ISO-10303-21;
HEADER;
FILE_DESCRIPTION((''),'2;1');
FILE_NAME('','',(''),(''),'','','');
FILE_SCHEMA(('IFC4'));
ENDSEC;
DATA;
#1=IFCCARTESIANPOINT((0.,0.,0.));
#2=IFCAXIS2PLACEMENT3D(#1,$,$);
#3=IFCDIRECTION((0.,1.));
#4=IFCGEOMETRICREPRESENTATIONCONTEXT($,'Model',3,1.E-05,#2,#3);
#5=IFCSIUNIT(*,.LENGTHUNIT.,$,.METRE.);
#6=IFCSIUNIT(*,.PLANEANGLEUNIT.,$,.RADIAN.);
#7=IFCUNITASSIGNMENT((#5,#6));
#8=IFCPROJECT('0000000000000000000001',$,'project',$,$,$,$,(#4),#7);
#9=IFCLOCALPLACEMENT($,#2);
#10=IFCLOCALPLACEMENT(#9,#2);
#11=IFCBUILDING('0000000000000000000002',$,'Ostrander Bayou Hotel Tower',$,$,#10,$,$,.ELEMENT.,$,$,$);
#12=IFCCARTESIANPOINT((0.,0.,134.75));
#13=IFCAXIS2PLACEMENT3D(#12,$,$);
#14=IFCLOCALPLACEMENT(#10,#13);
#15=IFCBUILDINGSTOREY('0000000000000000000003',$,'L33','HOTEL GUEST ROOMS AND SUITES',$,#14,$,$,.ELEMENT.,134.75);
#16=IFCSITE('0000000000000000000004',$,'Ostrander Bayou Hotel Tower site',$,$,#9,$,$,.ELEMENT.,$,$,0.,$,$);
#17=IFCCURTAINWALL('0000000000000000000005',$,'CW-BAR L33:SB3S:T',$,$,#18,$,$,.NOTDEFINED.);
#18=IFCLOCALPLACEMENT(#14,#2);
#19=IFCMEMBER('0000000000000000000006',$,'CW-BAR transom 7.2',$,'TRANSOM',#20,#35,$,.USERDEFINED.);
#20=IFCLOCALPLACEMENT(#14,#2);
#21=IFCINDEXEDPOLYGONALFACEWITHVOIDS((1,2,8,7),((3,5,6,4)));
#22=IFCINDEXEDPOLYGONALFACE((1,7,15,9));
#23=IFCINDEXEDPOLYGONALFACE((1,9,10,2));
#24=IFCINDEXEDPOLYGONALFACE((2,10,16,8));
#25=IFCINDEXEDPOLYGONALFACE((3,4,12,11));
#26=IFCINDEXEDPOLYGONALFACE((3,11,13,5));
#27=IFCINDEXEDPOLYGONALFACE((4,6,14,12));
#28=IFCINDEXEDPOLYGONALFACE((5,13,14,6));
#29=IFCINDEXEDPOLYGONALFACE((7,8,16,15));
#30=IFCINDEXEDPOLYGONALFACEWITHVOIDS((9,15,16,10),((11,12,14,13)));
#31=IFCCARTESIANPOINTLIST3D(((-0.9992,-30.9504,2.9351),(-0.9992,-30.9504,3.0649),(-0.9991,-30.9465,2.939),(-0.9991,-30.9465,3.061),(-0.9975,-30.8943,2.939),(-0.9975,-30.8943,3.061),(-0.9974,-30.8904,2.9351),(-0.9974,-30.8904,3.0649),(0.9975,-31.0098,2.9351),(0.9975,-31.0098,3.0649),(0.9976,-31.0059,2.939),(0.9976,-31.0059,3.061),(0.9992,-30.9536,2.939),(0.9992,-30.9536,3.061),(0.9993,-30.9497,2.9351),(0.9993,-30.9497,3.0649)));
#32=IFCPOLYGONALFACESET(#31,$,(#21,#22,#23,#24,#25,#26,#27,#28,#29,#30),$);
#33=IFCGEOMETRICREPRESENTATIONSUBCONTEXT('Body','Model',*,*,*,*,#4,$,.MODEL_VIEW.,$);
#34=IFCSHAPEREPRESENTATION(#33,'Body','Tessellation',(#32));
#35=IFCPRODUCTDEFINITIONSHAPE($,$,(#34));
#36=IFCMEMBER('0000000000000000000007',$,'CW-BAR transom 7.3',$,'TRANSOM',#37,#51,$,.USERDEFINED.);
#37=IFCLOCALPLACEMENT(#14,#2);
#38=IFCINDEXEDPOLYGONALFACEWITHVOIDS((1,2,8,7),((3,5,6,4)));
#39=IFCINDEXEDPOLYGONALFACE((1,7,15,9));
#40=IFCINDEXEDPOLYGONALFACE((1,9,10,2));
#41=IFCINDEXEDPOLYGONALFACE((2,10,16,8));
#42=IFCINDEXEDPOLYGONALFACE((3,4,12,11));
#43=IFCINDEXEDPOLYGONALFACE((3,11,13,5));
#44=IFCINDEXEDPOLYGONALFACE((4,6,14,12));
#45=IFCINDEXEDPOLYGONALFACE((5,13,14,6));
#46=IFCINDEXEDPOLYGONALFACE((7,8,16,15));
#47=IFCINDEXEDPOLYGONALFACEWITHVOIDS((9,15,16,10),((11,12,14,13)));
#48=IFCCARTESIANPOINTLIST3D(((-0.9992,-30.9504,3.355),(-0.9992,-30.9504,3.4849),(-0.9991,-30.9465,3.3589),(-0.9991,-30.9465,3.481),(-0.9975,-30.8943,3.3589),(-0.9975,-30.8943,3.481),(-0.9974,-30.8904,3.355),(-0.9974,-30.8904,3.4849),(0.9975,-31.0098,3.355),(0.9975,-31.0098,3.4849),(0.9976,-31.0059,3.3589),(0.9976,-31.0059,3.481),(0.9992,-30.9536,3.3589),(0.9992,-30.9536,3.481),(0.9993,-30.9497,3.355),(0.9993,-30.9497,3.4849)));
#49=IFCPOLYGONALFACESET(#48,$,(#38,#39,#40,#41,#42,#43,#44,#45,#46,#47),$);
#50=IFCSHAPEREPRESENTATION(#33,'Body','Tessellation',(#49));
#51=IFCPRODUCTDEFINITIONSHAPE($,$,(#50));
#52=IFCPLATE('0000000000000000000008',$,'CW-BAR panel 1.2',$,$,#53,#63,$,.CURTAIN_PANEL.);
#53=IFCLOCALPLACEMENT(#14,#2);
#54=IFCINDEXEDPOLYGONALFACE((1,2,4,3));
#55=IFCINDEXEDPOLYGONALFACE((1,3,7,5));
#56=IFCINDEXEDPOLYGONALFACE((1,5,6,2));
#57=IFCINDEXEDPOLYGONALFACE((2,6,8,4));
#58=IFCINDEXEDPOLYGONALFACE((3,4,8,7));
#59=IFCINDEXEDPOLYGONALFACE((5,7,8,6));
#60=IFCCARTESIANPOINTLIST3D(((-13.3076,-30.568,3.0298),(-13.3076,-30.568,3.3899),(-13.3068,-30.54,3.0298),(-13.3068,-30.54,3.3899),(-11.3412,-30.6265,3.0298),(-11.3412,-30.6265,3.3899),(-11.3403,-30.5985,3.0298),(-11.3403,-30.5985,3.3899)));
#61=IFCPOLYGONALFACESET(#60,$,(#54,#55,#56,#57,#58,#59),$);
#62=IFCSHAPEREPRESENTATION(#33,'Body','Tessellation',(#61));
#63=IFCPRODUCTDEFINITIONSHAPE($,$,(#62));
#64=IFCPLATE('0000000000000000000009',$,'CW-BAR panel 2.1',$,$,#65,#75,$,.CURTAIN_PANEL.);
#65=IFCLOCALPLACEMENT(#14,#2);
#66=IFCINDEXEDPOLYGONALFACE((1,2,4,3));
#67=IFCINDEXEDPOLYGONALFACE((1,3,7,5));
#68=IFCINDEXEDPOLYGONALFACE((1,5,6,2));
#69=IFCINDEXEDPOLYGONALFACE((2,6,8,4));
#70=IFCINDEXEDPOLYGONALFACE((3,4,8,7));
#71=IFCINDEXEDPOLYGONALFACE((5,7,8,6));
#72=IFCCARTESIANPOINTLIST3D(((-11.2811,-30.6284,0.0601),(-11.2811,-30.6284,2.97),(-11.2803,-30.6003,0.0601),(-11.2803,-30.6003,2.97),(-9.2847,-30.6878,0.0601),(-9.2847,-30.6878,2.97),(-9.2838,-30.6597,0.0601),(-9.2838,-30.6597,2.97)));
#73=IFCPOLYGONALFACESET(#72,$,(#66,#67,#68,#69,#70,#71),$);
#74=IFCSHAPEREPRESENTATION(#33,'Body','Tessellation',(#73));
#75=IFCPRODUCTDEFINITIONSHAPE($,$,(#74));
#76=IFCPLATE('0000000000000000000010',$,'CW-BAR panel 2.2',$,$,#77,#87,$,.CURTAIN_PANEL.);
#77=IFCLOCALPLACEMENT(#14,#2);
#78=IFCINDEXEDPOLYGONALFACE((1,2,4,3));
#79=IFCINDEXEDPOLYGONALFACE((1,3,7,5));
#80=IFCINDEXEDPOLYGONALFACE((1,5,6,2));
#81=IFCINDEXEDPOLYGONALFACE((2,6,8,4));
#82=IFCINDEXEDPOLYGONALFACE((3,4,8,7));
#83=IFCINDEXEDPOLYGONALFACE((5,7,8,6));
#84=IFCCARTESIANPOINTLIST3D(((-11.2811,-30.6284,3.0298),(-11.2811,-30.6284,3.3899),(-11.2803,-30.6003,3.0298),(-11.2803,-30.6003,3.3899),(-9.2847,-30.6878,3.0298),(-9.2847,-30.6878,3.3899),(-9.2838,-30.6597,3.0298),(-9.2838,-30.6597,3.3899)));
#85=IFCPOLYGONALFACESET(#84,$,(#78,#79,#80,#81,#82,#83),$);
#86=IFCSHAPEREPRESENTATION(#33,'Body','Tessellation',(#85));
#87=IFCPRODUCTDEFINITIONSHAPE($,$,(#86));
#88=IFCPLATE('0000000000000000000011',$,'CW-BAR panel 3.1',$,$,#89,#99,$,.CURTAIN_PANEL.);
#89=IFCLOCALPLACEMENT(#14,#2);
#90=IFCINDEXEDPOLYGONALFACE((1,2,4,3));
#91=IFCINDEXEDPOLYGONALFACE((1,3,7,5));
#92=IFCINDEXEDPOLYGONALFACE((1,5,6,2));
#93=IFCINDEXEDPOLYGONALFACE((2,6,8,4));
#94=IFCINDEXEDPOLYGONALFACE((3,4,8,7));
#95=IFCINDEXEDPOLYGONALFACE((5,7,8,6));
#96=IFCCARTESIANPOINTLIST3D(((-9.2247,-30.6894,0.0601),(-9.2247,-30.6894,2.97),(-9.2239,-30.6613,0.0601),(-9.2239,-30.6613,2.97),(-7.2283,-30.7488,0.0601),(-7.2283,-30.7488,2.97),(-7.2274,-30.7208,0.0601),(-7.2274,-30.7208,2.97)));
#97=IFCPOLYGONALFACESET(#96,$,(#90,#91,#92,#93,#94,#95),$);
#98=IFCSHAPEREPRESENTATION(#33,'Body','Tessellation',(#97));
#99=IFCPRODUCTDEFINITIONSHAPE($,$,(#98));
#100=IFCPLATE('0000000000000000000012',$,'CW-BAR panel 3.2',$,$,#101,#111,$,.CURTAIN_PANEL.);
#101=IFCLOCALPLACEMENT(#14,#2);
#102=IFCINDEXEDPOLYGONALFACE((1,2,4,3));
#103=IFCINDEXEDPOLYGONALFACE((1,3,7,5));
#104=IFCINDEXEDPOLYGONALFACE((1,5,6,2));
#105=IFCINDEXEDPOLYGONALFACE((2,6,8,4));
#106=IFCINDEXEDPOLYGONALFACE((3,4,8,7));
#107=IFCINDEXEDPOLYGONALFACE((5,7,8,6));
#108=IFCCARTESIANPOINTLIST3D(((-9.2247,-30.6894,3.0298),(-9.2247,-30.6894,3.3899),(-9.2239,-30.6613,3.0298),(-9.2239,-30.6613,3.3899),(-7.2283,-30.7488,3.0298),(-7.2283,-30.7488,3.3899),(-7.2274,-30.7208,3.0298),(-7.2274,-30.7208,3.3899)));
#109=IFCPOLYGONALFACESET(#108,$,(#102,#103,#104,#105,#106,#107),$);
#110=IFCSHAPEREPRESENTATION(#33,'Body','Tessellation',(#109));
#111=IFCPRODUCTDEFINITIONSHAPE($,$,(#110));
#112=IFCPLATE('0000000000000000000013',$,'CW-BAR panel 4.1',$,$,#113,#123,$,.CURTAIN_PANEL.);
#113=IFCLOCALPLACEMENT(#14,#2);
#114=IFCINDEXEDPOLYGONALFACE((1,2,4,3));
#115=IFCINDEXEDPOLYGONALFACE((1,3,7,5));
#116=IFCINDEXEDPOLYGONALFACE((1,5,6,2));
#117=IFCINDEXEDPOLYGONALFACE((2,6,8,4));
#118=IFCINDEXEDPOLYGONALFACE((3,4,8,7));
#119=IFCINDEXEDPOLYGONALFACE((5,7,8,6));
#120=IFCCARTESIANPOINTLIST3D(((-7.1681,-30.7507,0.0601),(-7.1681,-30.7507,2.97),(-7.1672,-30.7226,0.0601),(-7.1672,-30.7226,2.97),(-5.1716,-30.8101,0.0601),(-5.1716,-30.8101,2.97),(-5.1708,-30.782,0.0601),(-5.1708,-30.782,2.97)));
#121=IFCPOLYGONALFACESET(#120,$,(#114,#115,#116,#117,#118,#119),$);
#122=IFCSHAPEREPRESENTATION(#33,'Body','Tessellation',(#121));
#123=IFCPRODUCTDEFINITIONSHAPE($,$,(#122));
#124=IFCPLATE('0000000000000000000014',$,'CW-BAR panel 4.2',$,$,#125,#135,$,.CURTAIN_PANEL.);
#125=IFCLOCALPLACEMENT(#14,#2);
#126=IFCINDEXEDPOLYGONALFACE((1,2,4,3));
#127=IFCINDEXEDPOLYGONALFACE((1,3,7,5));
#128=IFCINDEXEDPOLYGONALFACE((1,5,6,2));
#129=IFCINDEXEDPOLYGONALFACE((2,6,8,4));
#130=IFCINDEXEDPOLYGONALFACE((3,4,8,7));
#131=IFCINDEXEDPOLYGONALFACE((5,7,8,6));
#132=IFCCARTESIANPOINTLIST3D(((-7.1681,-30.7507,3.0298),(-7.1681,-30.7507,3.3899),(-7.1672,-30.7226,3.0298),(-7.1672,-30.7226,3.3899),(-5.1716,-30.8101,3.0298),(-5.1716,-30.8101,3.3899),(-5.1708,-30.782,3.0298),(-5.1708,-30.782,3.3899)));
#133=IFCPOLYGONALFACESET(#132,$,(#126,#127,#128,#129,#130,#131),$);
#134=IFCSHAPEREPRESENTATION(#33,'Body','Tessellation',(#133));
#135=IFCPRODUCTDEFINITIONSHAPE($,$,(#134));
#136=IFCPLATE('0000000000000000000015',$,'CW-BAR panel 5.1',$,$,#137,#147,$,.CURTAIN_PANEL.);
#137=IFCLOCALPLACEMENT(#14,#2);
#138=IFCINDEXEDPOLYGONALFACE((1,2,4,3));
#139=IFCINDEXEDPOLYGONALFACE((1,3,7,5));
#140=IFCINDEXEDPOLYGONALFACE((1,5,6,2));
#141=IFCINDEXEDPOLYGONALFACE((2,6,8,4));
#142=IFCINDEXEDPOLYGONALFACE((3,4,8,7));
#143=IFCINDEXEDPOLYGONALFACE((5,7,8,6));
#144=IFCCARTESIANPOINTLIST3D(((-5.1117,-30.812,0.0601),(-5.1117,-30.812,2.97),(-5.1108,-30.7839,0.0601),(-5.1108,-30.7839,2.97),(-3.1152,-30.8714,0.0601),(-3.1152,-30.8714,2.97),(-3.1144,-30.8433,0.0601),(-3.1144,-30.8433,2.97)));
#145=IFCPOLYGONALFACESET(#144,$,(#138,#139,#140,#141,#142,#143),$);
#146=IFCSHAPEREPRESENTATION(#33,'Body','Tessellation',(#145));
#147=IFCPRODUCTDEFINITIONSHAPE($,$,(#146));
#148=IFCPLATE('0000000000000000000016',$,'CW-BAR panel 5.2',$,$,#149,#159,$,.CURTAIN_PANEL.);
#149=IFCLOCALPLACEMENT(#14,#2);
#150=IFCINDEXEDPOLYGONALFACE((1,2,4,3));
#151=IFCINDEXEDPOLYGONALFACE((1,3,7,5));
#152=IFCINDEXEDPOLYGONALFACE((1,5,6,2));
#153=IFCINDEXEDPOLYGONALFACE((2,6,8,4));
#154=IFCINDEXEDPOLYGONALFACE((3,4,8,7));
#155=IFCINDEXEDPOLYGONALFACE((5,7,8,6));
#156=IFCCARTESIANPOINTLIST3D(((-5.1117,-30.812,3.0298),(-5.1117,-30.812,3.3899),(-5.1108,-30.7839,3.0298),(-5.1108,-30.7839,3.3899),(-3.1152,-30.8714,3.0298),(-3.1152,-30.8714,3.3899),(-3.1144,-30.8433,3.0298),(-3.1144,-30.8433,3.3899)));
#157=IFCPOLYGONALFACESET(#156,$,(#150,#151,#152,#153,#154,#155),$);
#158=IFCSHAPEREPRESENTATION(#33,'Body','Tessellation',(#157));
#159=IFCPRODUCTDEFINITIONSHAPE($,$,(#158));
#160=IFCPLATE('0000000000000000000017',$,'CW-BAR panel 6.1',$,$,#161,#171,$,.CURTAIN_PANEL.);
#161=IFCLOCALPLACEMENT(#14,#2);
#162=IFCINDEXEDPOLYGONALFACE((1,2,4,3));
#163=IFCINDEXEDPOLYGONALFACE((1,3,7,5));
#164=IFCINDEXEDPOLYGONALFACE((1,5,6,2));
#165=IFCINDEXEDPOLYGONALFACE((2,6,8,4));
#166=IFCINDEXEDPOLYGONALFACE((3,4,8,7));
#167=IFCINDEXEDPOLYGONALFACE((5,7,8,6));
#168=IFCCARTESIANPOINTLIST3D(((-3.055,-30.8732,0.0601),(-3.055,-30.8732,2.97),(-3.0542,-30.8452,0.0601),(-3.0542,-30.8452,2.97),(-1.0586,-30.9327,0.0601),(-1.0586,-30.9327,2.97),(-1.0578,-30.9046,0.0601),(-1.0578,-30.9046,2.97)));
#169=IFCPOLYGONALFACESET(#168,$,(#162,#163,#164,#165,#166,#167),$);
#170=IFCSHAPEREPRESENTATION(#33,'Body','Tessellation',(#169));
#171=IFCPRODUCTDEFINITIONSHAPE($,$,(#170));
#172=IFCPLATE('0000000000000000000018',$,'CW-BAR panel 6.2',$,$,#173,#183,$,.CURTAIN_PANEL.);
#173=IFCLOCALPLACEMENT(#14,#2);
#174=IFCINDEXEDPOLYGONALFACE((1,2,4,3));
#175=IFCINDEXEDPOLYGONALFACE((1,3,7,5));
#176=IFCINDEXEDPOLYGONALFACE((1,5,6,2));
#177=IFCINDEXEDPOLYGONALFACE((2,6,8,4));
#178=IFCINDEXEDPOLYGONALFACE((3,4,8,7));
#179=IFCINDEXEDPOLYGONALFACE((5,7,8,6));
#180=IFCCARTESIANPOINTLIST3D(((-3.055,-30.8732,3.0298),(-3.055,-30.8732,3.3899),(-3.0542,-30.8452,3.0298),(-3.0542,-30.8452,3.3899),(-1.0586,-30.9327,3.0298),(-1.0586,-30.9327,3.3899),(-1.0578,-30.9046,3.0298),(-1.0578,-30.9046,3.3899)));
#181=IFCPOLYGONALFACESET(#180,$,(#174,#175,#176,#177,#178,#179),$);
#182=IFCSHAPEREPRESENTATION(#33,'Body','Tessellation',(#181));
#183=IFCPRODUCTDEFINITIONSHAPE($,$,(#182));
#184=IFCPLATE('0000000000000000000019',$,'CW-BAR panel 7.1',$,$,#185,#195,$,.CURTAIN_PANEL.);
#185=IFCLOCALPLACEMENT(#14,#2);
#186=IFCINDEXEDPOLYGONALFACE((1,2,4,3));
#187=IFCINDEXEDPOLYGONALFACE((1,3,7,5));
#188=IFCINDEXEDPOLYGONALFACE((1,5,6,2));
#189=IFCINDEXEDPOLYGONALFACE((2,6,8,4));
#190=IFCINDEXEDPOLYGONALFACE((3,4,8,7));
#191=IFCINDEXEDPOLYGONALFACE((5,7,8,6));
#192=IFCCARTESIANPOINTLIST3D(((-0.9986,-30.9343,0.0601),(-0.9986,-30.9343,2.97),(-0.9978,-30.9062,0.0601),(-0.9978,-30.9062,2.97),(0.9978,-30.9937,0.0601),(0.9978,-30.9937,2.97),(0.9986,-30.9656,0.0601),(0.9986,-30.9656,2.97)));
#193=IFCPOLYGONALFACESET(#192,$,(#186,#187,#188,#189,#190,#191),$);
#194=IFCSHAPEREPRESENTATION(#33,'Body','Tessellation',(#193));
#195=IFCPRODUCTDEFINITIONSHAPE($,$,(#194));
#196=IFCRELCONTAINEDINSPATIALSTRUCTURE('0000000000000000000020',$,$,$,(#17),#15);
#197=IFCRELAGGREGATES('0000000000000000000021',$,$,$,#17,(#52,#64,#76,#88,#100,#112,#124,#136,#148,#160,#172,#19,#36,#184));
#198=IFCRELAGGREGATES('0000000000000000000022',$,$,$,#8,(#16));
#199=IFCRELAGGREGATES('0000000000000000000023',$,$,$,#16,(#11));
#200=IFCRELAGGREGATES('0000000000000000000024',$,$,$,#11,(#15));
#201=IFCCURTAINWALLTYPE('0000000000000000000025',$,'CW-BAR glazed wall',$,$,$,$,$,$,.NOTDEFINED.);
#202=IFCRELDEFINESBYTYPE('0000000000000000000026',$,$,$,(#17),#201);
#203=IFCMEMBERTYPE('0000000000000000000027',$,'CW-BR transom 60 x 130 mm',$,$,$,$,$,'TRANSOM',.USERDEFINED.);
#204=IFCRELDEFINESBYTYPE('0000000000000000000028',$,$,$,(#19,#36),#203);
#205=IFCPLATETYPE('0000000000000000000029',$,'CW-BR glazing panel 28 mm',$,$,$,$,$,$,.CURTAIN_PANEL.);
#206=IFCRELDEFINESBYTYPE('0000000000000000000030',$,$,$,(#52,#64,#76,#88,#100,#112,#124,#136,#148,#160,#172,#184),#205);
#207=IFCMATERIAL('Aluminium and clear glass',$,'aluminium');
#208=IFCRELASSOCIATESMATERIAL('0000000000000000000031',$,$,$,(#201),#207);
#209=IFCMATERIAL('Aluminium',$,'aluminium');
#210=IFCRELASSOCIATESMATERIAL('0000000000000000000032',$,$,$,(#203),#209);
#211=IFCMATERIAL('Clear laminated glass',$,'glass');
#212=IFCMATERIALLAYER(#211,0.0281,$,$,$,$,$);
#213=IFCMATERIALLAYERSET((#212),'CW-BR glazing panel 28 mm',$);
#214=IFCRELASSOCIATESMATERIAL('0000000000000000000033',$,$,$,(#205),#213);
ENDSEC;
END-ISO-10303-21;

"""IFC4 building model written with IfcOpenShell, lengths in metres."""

from ifc_helpers import new_model, si_unit, direction, frame, origin, origin_2d, place, context, subcontext, project, spatial, rectangle, hollow_rectangle, extrude, material, layer, layer_set, material_profile, profile_set, type_object, element, aggregate, save


model = new_model("IFC4")

# Units and contexts
model_context = context("Model", 3, precision=1e-05, world=origin(), true_north=direction((0.0, 1.0)))
body_context = subcontext(model_context, "Body", "Model", "MODEL_VIEW")
ifc_project = project(units=[si_unit("LENGTHUNIT", "METRE"), si_unit("PLANEANGLEUNIT", "RADIAN")], contexts=[model_context])

# Site, building, storey
site_placement = place(None, origin())
site = spatial("IfcSite", under=ifc_project, at=site_placement, Name="Ostrander Bayou Hotel Tower site", CompositionType="ELEMENT", RefElevation=0.0)
building_placement = place(site_placement, origin())
building = spatial("IfcBuilding", under=site, at=building_placement, Name="Ostrander Bayou Hotel Tower", CompositionType="ELEMENT")
storey_placement = place(building_placement, frame((0.0, 0.0, 134.75)))
storey = spatial("IfcBuildingStorey", under=building, at=storey_placement, Name="L33", Description="HOTEL GUEST ROOMS AND SUITES", CompositionType="ELEMENT", Elevation=134.75)

# Curtain wall, members, plates
ifc_material_1 = material(Name="Aluminium and clear glass", Category="aluminium")
curtain_wall_type = type_object("IfcCurtainWallType", Name="CW-BAR glazed wall", PredefinedType="NOTDEFINED", material=ifc_material_1)
curtain_wall_placement = place(storey_placement, origin())
curtain_wall = element("IfcCurtainWall", 1, at=curtain_wall_placement, inside=storey, type_object=curtain_wall_type, Name="CW-BAR L33:SB3S:T", PredefinedType="NOTDEFINED")
ifc_material_2 = material(Name="Aluminium", Category="aluminium")
ifc_material_profile_1 = material_profile(ifc_material_2, hollow_rectangle(XDim=0.0601, YDim=0.1299, WallThickness=0.0039, at=origin_2d()))
ifc_profile_set_1 = profile_set([ifc_material_profile_1], Name="Aluminium")
member_type_1 = type_object("IfcMemberType", Name="CW-BR transom 60 x 130 mm", ElementType="TRANSOM", PredefinedType="USERDEFINED", material=ifc_profile_set_1)
member_1_placement = place(storey_placement, frame((-0.9983, -30.9204, 3.0), z_axis=(0.999559, -0.029701, 0.0), x_axis=(0.029701, 0.999559, 0.0)))
member_1 = element("IfcMember", 2, at=member_1_placement, type_object=member_type_1, Name="CW-BAR transom 7.2", ObjectType="TRANSOM", PredefinedType="USERDEFINED", context=body_context, shape_type="SweptSolid", body=[
    extrude(hollow_rectangle(XDim=0.0601, YDim=0.1299, WallThickness=0.0039, at=origin_2d()), origin(), (0.0, 0.0, 1.0), 1.9976),
])
member_2_placement = place(storey_placement, frame((-0.9983, -30.9204, 3.4199), z_axis=(0.999559, -0.029701, 0.0), x_axis=(0.029701, 0.999559, 0.0)))
member_2 = element("IfcMember", 3, at=member_2_placement, type_object=member_type_1, Name="CW-BAR transom 7.3", ObjectType="TRANSOM", PredefinedType="USERDEFINED", context=body_context, shape_type="SweptSolid", body=[
    extrude(hollow_rectangle(XDim=0.0601, YDim=0.1299, WallThickness=0.0039, at=origin_2d()), origin(), (0.0, 0.0, 1.0), 1.9976),
])
ifc_material_3 = material(Name="Clear laminated glass", Category="glass")
ifc_layer_1 = layer(ifc_material_3, 0.0281)
ifc_layer_set_1 = layer_set([ifc_layer_1], Name="CW-BR glazing panel 28 mm")
plate_type = type_object("IfcPlateType", Name="CW-BR glazing panel 28 mm", PredefinedType="CURTAIN_PANEL", material=ifc_layer_set_1)
plate_1_placement = place(storey_placement, frame((-12.324, -30.5833, 3.0298), z_axis=(0.0, 0.0, 1.0), x_axis=(0.999557, -0.029746, 0.0)))
plate_1 = element("IfcPlate", 4, at=plate_1_placement, type_object=plate_type, Name="CW-BAR panel 1.2", PredefinedType="CURTAIN_PANEL", context=body_context, shape_type="SweptSolid", body=[
    extrude(rectangle(XDim=1.9673, YDim=0.0281, at=origin_2d()), origin(), (0.0, 0.0, 1.0), 0.3601),
])
plate_2_placement = place(storey_placement, frame((-10.2825, -30.644, 0.0601), z_axis=(0.0, 0.0, 1.0), x_axis=(0.999557, -0.029746, 0.0)))
plate_2 = element("IfcPlate", 5, at=plate_2_placement, type_object=plate_type, Name="CW-BAR panel 2.1", PredefinedType="CURTAIN_PANEL", context=body_context, shape_type="SweptSolid", body=[
    extrude(rectangle(XDim=1.9973, YDim=0.0281, at=origin_2d()), origin(), (0.0, 0.0, 1.0), 2.9099),
])
plate_3_placement = place(storey_placement, frame((-10.2825, -30.644, 3.0298), z_axis=(0.0, 0.0, 1.0), x_axis=(0.999557, -0.029746, 0.0)))
plate_3 = element("IfcPlate", 6, at=plate_3_placement, type_object=plate_type, Name="CW-BAR panel 2.2", PredefinedType="CURTAIN_PANEL", context=body_context, shape_type="SweptSolid", body=[
    extrude(rectangle(XDim=1.9973, YDim=0.0281, at=origin_2d()), origin(), (0.0, 0.0, 1.0), 0.3601),
])
plate_4_placement = place(storey_placement, frame((-8.2261, -30.7051, 0.0601), z_axis=(0.0, 0.0, 1.0), x_axis=(0.999557, -0.029746, 0.0)))
plate_4 = element("IfcPlate", 7, at=plate_4_placement, type_object=plate_type, Name="CW-BAR panel 3.1", PredefinedType="CURTAIN_PANEL", context=body_context, shape_type="SweptSolid", body=[
    extrude(rectangle(XDim=1.9973, YDim=0.0281, at=origin_2d()), origin(), (0.0, 0.0, 1.0), 2.9099),
])
plate_5_placement = place(storey_placement, frame((-8.2261, -30.7051, 3.0298), z_axis=(0.0, 0.0, 1.0), x_axis=(0.999557, -0.029746, 0.0)))
plate_5 = element("IfcPlate", 8, at=plate_5_placement, type_object=plate_type, Name="CW-BAR panel 3.2", PredefinedType="CURTAIN_PANEL", context=body_context, shape_type="SweptSolid", body=[
    extrude(rectangle(XDim=1.9973, YDim=0.0281, at=origin_2d()), origin(), (0.0, 0.0, 1.0), 0.3601),
])
plate_6_placement = place(storey_placement, frame((-6.1694, -30.7664, 0.0601), z_axis=(0.0, 0.0, 1.0), x_axis=(0.999557, -0.029746, 0.0)))
plate_6 = element("IfcPlate", 9, at=plate_6_placement, type_object=plate_type, Name="CW-BAR panel 4.1", PredefinedType="CURTAIN_PANEL", context=body_context, shape_type="SweptSolid", body=[
    extrude(rectangle(XDim=1.9973, YDim=0.0281, at=origin_2d()), origin(), (0.0, 0.0, 1.0), 2.9099),
])
plate_7_placement = place(storey_placement, frame((-6.1694, -30.7664, 3.0298), z_axis=(0.0, 0.0, 1.0), x_axis=(0.999557, -0.029746, 0.0)))
plate_7 = element("IfcPlate", 10, at=plate_7_placement, type_object=plate_type, Name="CW-BAR panel 4.2", PredefinedType="CURTAIN_PANEL", context=body_context, shape_type="SweptSolid", body=[
    extrude(rectangle(XDim=1.9973, YDim=0.0281, at=origin_2d()), origin(), (0.0, 0.0, 1.0), 0.3601),
])
plate_8_placement = place(storey_placement, frame((-4.113, -30.8276, 0.0601), z_axis=(0.0, 0.0, 1.0), x_axis=(0.999557, -0.029746, 0.0)))
plate_8 = element("IfcPlate", 11, at=plate_8_placement, type_object=plate_type, Name="CW-BAR panel 5.1", PredefinedType="CURTAIN_PANEL", context=body_context, shape_type="SweptSolid", body=[
    extrude(rectangle(XDim=1.9973, YDim=0.0281, at=origin_2d()), origin(), (0.0, 0.0, 1.0), 2.9099),
])
plate_9_placement = place(storey_placement, frame((-4.113, -30.8276, 3.0298), z_axis=(0.0, 0.0, 1.0), x_axis=(0.999557, -0.029746, 0.0)))
plate_9 = element("IfcPlate", 12, at=plate_9_placement, type_object=plate_type, Name="CW-BAR panel 5.2", PredefinedType="CURTAIN_PANEL", context=body_context, shape_type="SweptSolid", body=[
    extrude(rectangle(XDim=1.9973, YDim=0.0281, at=origin_2d()), origin(), (0.0, 0.0, 1.0), 0.3601),
])
plate_10_placement = place(storey_placement, frame((-2.0564, -30.8889, 0.0601), z_axis=(0.0, 0.0, 1.0), x_axis=(0.999557, -0.029746, 0.0)))
plate_10 = element("IfcPlate", 13, at=plate_10_placement, type_object=plate_type, Name="CW-BAR panel 6.1", PredefinedType="CURTAIN_PANEL", context=body_context, shape_type="SweptSolid", body=[
    extrude(rectangle(XDim=1.9973, YDim=0.0281, at=origin_2d()), origin(), (0.0, 0.0, 1.0), 2.9099),
])
plate_11_placement = place(storey_placement, frame((-2.0564, -30.8889, 3.0298), z_axis=(0.0, 0.0, 1.0), x_axis=(0.999557, -0.029746, 0.0)))
plate_11 = element("IfcPlate", 14, at=plate_11_placement, type_object=plate_type, Name="CW-BAR panel 6.2", PredefinedType="CURTAIN_PANEL", context=body_context, shape_type="SweptSolid", body=[
    extrude(rectangle(XDim=1.9973, YDim=0.0281, at=origin_2d()), origin(), (0.0, 0.0, 1.0), 0.3601),
])
plate_12_placement = place(storey_placement, frame((0.0, -30.95, 0.0601), z_axis=(0.0, 0.0, 1.0), x_axis=(0.999557, -0.029746, 0.0)))
plate_12 = element("IfcPlate", 15, at=plate_12_placement, type_object=plate_type, Name="CW-BAR panel 7.1", PredefinedType="CURTAIN_PANEL", context=body_context, shape_type="SweptSolid", body=[
    extrude(rectangle(XDim=1.9973, YDim=0.0281, at=origin_2d()), origin(), (0.0, 0.0, 1.0), 2.9099),
])
aggregate(curtain_wall, [plate_1, plate_2, plate_3, plate_4, plate_5, plate_6, plate_7, plate_8, plate_9, plate_10, plate_11, member_1, member_2, plate_12])

save(model, "model.ifc")
